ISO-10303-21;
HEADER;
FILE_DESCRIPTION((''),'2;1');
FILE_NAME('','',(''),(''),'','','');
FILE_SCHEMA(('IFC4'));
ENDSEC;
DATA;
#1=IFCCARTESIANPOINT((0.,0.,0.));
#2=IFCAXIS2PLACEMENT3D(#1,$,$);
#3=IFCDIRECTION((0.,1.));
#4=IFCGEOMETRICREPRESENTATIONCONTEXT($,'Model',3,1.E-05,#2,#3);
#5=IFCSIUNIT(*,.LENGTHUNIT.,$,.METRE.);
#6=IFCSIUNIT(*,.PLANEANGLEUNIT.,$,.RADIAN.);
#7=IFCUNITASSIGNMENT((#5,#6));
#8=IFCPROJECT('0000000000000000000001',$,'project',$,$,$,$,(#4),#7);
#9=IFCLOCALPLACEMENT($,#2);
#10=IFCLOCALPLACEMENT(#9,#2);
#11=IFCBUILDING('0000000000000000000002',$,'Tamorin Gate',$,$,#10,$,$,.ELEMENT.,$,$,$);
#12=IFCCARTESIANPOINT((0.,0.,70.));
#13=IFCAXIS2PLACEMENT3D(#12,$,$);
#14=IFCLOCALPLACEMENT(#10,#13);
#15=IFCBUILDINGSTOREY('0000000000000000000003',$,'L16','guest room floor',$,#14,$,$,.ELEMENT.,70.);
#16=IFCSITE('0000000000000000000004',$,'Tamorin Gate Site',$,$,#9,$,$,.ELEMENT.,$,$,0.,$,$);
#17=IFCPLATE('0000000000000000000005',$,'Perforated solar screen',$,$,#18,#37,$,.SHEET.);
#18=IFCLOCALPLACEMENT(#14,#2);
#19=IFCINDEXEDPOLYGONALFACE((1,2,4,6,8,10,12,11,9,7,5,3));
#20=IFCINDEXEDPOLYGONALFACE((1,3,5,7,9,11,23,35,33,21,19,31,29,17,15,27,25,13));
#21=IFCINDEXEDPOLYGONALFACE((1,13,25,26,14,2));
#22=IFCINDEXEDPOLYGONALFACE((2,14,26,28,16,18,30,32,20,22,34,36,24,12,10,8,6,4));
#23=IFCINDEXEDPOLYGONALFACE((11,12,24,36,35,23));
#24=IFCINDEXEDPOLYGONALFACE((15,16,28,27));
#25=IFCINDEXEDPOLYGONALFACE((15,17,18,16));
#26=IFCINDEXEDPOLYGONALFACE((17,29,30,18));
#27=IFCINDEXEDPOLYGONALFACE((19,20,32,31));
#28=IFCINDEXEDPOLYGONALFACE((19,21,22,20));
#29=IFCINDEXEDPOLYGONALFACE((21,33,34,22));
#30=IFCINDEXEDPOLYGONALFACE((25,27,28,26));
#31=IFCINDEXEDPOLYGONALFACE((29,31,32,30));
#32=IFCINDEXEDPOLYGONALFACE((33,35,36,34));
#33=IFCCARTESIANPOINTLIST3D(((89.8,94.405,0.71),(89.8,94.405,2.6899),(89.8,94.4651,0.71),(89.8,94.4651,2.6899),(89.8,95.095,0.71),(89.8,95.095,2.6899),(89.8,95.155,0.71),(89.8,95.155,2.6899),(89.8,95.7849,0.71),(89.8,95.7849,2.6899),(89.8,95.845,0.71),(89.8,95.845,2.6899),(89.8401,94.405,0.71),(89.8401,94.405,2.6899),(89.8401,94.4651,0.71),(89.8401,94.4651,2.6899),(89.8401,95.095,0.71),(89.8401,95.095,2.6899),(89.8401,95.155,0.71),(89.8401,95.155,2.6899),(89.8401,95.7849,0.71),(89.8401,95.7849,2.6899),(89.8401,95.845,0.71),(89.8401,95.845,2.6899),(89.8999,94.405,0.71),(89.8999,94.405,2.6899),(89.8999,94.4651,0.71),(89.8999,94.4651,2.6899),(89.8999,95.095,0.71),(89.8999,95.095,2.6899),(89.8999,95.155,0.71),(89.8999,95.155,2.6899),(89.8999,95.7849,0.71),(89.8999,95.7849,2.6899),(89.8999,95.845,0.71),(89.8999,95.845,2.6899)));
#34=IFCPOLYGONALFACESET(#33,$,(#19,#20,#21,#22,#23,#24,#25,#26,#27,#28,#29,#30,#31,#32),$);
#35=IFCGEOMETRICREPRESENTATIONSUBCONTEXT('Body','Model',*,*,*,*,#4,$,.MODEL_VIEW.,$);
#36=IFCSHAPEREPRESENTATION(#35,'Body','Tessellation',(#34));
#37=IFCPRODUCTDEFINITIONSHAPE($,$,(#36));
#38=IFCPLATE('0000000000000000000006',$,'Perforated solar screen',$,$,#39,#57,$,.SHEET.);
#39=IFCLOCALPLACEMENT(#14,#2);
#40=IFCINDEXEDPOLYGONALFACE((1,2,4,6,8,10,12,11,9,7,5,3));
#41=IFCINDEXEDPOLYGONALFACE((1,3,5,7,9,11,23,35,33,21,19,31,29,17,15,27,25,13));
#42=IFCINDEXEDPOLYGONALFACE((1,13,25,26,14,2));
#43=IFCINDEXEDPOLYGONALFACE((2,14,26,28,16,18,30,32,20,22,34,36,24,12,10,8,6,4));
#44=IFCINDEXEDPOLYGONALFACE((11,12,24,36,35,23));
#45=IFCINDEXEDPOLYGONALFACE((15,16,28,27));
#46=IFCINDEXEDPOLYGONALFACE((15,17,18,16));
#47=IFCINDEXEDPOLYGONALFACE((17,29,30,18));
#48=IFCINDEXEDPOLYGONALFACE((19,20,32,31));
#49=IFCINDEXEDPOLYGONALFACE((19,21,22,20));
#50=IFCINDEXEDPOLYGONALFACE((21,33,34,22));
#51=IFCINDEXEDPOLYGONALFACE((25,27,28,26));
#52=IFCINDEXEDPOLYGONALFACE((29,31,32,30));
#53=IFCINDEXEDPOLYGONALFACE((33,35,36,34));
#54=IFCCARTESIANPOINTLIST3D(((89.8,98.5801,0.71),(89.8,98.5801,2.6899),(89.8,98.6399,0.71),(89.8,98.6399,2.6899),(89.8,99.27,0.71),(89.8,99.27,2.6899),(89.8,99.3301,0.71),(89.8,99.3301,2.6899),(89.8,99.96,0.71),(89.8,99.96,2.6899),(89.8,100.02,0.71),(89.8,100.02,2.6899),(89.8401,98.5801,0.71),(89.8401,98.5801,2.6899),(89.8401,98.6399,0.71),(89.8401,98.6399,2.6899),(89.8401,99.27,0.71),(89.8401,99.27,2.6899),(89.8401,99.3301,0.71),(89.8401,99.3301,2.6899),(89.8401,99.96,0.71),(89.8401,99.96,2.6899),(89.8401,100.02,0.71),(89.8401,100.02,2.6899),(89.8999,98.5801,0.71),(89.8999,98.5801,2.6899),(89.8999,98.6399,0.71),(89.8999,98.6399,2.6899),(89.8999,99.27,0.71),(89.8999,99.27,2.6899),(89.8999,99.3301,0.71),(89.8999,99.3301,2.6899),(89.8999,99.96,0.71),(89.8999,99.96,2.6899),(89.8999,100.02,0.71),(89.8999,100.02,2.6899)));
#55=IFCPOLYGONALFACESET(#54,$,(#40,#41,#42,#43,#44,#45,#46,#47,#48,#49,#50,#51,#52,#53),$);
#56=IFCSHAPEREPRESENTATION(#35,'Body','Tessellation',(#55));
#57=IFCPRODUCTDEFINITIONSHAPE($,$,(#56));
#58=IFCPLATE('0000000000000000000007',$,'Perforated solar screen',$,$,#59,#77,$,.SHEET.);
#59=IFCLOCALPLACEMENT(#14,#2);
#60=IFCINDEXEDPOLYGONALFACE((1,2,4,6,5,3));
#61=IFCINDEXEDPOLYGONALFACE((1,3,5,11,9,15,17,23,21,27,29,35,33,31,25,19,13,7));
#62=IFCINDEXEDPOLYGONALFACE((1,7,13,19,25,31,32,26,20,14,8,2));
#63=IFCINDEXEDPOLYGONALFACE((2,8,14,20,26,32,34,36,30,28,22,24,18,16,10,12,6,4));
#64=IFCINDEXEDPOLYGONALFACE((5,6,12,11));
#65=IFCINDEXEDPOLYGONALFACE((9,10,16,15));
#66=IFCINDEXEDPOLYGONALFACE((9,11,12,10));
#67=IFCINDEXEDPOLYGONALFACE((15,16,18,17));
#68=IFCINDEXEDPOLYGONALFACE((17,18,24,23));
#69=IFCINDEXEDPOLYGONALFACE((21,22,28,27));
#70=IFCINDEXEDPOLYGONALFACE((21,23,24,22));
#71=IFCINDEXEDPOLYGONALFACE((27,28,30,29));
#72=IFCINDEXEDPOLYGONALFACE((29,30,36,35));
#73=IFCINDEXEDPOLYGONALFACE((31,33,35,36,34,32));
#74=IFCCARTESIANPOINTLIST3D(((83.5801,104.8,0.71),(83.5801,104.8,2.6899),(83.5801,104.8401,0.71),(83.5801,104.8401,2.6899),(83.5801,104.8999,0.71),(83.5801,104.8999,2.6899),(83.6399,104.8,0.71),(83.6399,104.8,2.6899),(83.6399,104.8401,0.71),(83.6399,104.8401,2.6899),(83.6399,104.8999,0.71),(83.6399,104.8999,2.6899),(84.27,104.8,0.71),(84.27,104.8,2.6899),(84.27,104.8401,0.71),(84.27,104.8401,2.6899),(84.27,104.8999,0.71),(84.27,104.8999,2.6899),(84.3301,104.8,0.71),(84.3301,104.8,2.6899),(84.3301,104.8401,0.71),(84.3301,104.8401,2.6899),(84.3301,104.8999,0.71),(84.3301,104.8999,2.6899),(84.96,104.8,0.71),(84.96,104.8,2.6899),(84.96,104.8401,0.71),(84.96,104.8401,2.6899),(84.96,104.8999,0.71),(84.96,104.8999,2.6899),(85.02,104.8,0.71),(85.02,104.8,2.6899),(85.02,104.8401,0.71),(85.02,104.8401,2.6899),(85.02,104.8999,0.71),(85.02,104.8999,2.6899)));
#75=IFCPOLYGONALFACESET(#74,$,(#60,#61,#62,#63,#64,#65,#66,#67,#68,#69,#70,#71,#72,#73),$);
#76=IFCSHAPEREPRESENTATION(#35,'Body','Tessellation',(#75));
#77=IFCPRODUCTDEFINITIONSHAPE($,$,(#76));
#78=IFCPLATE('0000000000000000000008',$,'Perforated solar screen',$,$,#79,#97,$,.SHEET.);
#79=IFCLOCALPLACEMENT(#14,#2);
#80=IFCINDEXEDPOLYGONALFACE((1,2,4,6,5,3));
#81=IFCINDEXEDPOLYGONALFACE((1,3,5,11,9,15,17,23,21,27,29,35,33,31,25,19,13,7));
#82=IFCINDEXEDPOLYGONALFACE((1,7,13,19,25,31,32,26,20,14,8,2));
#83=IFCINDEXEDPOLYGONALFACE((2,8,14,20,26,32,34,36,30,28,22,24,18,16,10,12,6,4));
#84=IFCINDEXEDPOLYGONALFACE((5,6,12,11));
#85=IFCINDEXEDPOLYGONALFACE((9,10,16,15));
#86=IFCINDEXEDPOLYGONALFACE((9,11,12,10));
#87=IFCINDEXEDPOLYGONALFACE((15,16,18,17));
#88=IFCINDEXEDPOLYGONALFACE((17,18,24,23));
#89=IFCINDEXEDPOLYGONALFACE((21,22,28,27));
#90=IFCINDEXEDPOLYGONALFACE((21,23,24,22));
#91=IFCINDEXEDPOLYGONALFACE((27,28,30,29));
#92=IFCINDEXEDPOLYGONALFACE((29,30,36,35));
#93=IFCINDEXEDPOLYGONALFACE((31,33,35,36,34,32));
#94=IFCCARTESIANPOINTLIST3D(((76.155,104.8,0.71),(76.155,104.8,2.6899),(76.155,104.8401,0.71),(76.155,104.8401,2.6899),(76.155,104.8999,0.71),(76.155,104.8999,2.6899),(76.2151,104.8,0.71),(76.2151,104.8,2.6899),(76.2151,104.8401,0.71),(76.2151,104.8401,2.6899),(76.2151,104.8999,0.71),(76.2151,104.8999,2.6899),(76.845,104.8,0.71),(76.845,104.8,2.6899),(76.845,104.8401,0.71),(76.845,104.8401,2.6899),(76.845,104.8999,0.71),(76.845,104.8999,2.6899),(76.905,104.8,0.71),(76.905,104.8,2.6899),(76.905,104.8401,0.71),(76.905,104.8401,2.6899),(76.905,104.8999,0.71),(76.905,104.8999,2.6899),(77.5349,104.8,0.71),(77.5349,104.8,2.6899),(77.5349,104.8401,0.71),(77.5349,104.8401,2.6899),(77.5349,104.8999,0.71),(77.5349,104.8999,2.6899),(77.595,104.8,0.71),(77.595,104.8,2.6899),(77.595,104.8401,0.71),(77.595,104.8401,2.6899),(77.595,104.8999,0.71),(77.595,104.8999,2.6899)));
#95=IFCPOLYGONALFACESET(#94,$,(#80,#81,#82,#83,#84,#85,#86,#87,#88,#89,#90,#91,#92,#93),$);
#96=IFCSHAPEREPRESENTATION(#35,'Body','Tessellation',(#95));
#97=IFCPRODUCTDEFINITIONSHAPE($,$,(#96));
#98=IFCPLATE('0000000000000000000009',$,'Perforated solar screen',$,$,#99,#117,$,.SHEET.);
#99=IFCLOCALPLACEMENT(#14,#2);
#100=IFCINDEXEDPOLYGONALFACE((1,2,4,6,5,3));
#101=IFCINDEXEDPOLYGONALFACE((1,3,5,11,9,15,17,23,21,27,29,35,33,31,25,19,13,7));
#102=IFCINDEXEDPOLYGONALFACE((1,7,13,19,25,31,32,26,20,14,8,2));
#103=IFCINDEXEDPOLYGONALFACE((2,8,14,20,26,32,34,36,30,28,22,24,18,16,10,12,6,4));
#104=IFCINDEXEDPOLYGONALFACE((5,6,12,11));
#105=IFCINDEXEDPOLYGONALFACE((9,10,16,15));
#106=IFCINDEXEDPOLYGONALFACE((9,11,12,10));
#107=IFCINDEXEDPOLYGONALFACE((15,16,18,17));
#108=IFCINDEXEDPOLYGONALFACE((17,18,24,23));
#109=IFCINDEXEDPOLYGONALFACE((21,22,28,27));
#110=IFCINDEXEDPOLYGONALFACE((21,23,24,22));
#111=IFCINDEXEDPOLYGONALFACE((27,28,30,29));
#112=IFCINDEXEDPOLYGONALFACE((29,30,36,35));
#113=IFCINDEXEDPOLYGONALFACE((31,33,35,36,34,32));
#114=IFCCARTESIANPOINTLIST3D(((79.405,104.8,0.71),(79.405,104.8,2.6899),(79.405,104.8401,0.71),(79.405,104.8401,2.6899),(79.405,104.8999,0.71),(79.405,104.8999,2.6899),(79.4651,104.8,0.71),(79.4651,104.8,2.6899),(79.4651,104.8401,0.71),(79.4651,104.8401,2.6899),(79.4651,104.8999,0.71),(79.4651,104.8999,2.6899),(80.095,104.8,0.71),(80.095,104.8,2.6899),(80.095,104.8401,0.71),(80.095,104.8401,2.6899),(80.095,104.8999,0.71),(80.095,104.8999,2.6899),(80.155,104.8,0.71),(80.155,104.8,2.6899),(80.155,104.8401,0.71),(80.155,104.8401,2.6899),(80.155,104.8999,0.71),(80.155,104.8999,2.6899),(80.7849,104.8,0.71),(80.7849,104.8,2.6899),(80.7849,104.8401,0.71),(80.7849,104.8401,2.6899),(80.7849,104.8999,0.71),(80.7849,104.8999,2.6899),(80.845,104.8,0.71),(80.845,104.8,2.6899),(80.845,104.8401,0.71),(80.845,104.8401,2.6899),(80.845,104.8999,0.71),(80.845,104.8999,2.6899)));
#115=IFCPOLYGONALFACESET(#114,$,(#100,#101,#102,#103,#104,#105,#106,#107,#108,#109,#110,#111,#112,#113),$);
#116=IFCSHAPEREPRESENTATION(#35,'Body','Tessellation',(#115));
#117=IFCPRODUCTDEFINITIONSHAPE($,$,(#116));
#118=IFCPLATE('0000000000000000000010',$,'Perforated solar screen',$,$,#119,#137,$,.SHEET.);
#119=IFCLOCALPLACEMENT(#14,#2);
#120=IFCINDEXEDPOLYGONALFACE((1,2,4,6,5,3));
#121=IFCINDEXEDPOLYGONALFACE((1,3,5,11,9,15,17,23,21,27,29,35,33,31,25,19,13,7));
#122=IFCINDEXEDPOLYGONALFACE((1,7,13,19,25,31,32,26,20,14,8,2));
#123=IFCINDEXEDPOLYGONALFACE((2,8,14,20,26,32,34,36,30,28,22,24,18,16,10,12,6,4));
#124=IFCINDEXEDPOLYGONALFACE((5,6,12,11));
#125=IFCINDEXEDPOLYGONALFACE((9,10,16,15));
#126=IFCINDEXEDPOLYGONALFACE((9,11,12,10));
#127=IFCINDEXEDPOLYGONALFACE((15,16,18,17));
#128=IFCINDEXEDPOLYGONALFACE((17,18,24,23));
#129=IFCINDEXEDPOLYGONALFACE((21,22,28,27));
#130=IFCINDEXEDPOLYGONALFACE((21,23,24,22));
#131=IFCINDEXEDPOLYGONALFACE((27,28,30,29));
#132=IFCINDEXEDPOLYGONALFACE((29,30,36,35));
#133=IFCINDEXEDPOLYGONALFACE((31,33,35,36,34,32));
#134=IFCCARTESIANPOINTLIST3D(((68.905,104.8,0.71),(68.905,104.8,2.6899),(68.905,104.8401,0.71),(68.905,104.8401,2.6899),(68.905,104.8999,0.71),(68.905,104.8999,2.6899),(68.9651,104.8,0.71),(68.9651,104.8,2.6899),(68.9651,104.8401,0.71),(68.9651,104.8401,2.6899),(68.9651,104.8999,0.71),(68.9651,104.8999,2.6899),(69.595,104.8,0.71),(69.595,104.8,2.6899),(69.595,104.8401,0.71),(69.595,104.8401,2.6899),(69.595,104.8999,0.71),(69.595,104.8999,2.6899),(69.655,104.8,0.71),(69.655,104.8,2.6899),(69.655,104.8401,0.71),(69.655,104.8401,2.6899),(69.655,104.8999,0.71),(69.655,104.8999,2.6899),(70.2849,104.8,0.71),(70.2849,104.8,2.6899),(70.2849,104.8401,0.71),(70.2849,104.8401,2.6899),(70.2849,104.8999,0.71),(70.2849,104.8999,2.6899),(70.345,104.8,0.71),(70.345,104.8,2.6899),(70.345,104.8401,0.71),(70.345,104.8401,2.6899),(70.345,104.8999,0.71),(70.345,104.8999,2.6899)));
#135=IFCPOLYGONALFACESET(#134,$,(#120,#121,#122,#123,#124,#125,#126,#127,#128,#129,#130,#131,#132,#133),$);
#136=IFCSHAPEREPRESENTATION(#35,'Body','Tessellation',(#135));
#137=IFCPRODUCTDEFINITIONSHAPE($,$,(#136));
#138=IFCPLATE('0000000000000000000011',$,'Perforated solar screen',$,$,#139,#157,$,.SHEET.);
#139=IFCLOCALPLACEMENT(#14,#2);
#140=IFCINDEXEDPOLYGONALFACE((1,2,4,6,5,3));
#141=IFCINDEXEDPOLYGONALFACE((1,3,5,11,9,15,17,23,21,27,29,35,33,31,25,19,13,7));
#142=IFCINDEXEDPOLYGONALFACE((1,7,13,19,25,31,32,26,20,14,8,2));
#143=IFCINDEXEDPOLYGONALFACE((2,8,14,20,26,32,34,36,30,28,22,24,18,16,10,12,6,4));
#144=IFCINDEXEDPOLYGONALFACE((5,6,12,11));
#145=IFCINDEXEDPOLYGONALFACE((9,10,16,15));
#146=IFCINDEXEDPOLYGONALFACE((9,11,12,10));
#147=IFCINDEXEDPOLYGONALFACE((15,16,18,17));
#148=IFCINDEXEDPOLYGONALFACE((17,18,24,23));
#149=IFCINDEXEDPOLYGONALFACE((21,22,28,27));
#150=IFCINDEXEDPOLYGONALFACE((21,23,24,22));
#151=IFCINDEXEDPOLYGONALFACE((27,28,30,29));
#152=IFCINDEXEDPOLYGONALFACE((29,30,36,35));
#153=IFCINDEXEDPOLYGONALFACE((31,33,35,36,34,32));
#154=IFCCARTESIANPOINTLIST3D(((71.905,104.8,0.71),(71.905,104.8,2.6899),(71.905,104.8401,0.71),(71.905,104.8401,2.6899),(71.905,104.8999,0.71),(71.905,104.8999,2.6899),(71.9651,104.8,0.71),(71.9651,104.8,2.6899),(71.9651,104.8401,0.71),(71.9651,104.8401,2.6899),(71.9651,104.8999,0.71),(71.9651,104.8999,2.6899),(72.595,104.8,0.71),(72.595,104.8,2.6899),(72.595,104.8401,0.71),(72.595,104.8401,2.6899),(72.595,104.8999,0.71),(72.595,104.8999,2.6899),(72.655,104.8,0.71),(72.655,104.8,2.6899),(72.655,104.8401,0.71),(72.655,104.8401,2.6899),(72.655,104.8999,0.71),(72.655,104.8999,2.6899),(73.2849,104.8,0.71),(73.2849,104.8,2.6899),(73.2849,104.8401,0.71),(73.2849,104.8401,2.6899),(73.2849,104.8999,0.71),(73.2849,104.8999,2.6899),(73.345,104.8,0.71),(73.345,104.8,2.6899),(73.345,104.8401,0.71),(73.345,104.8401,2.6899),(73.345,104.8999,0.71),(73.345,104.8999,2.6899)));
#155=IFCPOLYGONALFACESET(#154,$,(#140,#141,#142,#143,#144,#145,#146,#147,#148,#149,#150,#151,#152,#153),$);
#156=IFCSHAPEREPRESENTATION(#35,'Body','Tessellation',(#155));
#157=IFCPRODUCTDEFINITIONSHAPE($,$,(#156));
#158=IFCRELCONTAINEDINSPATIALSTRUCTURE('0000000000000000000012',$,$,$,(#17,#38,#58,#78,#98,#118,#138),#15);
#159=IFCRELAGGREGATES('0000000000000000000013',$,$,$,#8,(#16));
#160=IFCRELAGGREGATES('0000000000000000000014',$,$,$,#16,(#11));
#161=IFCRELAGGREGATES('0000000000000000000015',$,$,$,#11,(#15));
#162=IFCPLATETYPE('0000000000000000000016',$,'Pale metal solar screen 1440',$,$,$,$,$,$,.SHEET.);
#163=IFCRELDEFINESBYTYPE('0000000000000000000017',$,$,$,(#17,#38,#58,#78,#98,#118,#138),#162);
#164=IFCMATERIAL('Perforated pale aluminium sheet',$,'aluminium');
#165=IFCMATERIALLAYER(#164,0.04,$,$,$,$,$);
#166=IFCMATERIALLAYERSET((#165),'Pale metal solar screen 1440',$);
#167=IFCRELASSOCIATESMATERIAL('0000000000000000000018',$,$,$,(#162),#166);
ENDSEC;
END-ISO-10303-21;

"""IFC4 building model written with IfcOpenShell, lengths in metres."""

from ifc_helpers import new_model, si_unit, direction, frame, origin, place, context, subcontext, project, spatial, polyline, outline, extrude, material, layer, layer_set, type_object, element, save


model = new_model("IFC4")

# Units and contexts
model_context = context("Model", 3, precision=1e-05, world=origin(), true_north=direction((0.0, 1.0)))
body_context = subcontext(model_context, "Body", "Model", "MODEL_VIEW")
ifc_project = project(units=[si_unit("LENGTHUNIT", "METRE"), si_unit("PLANEANGLEUNIT", "RADIAN")], contexts=[model_context])

# Site, building, storey
site_placement = place(None, origin())
site = spatial("IfcSite", under=ifc_project, at=site_placement, Name="Tamorin Gate Site", CompositionType="ELEMENT", RefElevation=0.0)
building_placement = place(site_placement, origin())
building = spatial("IfcBuilding", under=site, at=building_placement, Name="Tamorin Gate", CompositionType="ELEMENT")
storey_placement = place(building_placement, frame((0.0, 0.0, 70.0)))
storey = spatial("IfcBuildingStorey", under=building, at=storey_placement, Name="L16", Description="guest room floor", CompositionType="ELEMENT", Elevation=70.0)

# Plates
ifc_material = material(Name="Perforated pale aluminium sheet", Category="aluminium")
ifc_layer = layer(ifc_material, 0.04)
ifc_layer_set = layer_set([ifc_layer], Name="Pale metal solar screen 1440")
plate_type = type_object("IfcPlateType", Name="Pale metal solar screen 1440", PredefinedType="SHEET", material=ifc_layer_set)
plate_1_placement = place(storey_placement, frame((0.0, 0.0, 0.71)))
element("IfcPlate", 1, at=plate_1_placement, inside=storey, type_object=plate_type, Name="Perforated solar screen", PredefinedType="SHEET", context=body_context, shape_type="SweptSolid", body=[
    extrude(outline(polyline([(89.8401, 94.405), (89.8, 94.405), (89.8, 94.4651), (89.8, 95.095), (89.8, 95.155), (89.8, 95.7849), (89.8, 95.845), (89.8401, 95.845), (89.8999, 95.845), (89.8999, 95.7849), (89.8401, 95.7849), (89.8401, 95.155), (89.8999, 95.155), (89.8999, 95.095), (89.8401, 95.095), (89.8401, 94.4651), (89.8999, 94.4651), (89.8999, 94.405), (89.8401, 94.405)])), origin(), (0.0, 0.0, 1.0), 1.98),
])
plate_2_placement = place(storey_placement, frame((0.0, 0.0, 0.71)))
element("IfcPlate", 2, at=plate_2_placement, inside=storey, type_object=plate_type, Name="Perforated solar screen", PredefinedType="SHEET", context=body_context, shape_type="SweptSolid", body=[
    extrude(outline(polyline([(89.8401, 98.5801), (89.8, 98.5801), (89.8, 98.6399), (89.8, 99.27), (89.8, 99.3301), (89.8, 99.96), (89.8, 100.02), (89.8401, 100.02), (89.8999, 100.02), (89.8999, 99.96), (89.8401, 99.96), (89.8401, 99.3301), (89.8999, 99.3301), (89.8999, 99.27), (89.8401, 99.27), (89.8401, 98.6399), (89.8999, 98.6399), (89.8999, 98.5801), (89.8401, 98.5801)])), origin(), (0.0, 0.0, 1.0), 1.98),
])
plate_3_placement = place(storey_placement, frame((0.0, 0.0, 0.71)))
element("IfcPlate", 3, at=plate_3_placement, inside=storey, type_object=plate_type, Name="Perforated solar screen", PredefinedType="SHEET", context=body_context, shape_type="SweptSolid", body=[
    extrude(outline(polyline([(85.02, 104.8401), (85.02, 104.8), (84.96, 104.8), (84.3301, 104.8), (84.27, 104.8), (83.6399, 104.8), (83.5801, 104.8), (83.5801, 104.8401), (83.5801, 104.8999), (83.6399, 104.8999), (83.6399, 104.8401), (84.27, 104.8401), (84.27, 104.8999), (84.3301, 104.8999), (84.3301, 104.8401), (84.96, 104.8401), (84.96, 104.8999), (85.02, 104.8999), (85.02, 104.8401)])), origin(), (0.0, 0.0, 1.0), 1.98),
])
plate_4_placement = place(storey_placement, frame((0.0, 0.0, 0.71)))
element("IfcPlate", 4, at=plate_4_placement, inside=storey, type_object=plate_type, Name="Perforated solar screen", PredefinedType="SHEET", context=body_context, shape_type="SweptSolid", body=[
    extrude(outline(polyline([(77.595, 104.8401), (77.595, 104.8), (77.5349, 104.8), (76.905, 104.8), (76.845, 104.8), (76.2151, 104.8), (76.155, 104.8), (76.155, 104.8401), (76.155, 104.8999), (76.2151, 104.8999), (76.2151, 104.8401), (76.845, 104.8401), (76.845, 104.8999), (76.905, 104.8999), (76.905, 104.8401), (77.5349, 104.8401), (77.5349, 104.8999), (77.595, 104.8999), (77.595, 104.8401)])), origin(), (0.0, 0.0, 1.0), 1.98),
])
plate_5_placement = place(storey_placement, frame((0.0, 0.0, 0.71)))
element("IfcPlate", 5, at=plate_5_placement, inside=storey, type_object=plate_type, Name="Perforated solar screen", PredefinedType="SHEET", context=body_context, shape_type="SweptSolid", body=[
    extrude(outline(polyline([(80.845, 104.8401), (80.845, 104.8), (80.7849, 104.8), (80.155, 104.8), (80.095, 104.8), (79.4651, 104.8), (79.405, 104.8), (79.405, 104.8), (79.405, 104.8401), (79.405, 104.8401), (79.405, 104.8999), (79.4651, 104.8999), (79.4651, 104.8401), (80.095, 104.8401), (80.095, 104.8999), (80.155, 104.8999), (80.155, 104.8401), (80.7849, 104.8401), (80.7849, 104.8999), (80.845, 104.8999), (80.845, 104.8401)])), origin(), (0.0, 0.0, 1.0), 1.98),
])
plate_6_placement = place(storey_placement, frame((0.0, 0.0, 0.71)))
element("IfcPlate", 6, at=plate_6_placement, inside=storey, type_object=plate_type, Name="Perforated solar screen", PredefinedType="SHEET", context=body_context, shape_type="SweptSolid", body=[
    extrude(outline(polyline([(70.345, 104.8401), (70.345, 104.8), (70.2849, 104.8), (69.655, 104.8), (69.595, 104.8), (68.9651, 104.8), (68.905, 104.8), (68.905, 104.8401), (68.905, 104.8999), (68.9651, 104.8999), (68.9651, 104.8401), (69.595, 104.8401), (69.595, 104.8999), (69.655, 104.8999), (69.655, 104.8401), (70.2849, 104.8401), (70.2849, 104.8999), (70.345, 104.8999), (70.345, 104.8401)])), origin(), (0.0, 0.0, 1.0), 1.98),
])
plate_7_placement = place(storey_placement, frame((0.0, 0.0, 0.71)))
element("IfcPlate", 7, at=plate_7_placement, inside=storey, type_object=plate_type, Name="Perforated solar screen", PredefinedType="SHEET", context=body_context, shape_type="SweptSolid", body=[
    extrude(outline(polyline([(73.345, 104.8401), (73.345, 104.8), (73.2849, 104.8), (72.655, 104.8), (72.595, 104.8), (71.9651, 104.8), (71.905, 104.8), (71.905, 104.8401), (71.905, 104.8999), (71.9651, 104.8999), (71.9651, 104.8401), (72.595, 104.8401), (72.595, 104.8999), (72.655, 104.8999), (72.655, 104.8401), (73.2849, 104.8401), (73.2849, 104.8999), (73.345, 104.8999), (73.345, 104.8401)])), origin(), (0.0, 0.0, 1.0), 1.98),
])

save(model, "model.ifc")
